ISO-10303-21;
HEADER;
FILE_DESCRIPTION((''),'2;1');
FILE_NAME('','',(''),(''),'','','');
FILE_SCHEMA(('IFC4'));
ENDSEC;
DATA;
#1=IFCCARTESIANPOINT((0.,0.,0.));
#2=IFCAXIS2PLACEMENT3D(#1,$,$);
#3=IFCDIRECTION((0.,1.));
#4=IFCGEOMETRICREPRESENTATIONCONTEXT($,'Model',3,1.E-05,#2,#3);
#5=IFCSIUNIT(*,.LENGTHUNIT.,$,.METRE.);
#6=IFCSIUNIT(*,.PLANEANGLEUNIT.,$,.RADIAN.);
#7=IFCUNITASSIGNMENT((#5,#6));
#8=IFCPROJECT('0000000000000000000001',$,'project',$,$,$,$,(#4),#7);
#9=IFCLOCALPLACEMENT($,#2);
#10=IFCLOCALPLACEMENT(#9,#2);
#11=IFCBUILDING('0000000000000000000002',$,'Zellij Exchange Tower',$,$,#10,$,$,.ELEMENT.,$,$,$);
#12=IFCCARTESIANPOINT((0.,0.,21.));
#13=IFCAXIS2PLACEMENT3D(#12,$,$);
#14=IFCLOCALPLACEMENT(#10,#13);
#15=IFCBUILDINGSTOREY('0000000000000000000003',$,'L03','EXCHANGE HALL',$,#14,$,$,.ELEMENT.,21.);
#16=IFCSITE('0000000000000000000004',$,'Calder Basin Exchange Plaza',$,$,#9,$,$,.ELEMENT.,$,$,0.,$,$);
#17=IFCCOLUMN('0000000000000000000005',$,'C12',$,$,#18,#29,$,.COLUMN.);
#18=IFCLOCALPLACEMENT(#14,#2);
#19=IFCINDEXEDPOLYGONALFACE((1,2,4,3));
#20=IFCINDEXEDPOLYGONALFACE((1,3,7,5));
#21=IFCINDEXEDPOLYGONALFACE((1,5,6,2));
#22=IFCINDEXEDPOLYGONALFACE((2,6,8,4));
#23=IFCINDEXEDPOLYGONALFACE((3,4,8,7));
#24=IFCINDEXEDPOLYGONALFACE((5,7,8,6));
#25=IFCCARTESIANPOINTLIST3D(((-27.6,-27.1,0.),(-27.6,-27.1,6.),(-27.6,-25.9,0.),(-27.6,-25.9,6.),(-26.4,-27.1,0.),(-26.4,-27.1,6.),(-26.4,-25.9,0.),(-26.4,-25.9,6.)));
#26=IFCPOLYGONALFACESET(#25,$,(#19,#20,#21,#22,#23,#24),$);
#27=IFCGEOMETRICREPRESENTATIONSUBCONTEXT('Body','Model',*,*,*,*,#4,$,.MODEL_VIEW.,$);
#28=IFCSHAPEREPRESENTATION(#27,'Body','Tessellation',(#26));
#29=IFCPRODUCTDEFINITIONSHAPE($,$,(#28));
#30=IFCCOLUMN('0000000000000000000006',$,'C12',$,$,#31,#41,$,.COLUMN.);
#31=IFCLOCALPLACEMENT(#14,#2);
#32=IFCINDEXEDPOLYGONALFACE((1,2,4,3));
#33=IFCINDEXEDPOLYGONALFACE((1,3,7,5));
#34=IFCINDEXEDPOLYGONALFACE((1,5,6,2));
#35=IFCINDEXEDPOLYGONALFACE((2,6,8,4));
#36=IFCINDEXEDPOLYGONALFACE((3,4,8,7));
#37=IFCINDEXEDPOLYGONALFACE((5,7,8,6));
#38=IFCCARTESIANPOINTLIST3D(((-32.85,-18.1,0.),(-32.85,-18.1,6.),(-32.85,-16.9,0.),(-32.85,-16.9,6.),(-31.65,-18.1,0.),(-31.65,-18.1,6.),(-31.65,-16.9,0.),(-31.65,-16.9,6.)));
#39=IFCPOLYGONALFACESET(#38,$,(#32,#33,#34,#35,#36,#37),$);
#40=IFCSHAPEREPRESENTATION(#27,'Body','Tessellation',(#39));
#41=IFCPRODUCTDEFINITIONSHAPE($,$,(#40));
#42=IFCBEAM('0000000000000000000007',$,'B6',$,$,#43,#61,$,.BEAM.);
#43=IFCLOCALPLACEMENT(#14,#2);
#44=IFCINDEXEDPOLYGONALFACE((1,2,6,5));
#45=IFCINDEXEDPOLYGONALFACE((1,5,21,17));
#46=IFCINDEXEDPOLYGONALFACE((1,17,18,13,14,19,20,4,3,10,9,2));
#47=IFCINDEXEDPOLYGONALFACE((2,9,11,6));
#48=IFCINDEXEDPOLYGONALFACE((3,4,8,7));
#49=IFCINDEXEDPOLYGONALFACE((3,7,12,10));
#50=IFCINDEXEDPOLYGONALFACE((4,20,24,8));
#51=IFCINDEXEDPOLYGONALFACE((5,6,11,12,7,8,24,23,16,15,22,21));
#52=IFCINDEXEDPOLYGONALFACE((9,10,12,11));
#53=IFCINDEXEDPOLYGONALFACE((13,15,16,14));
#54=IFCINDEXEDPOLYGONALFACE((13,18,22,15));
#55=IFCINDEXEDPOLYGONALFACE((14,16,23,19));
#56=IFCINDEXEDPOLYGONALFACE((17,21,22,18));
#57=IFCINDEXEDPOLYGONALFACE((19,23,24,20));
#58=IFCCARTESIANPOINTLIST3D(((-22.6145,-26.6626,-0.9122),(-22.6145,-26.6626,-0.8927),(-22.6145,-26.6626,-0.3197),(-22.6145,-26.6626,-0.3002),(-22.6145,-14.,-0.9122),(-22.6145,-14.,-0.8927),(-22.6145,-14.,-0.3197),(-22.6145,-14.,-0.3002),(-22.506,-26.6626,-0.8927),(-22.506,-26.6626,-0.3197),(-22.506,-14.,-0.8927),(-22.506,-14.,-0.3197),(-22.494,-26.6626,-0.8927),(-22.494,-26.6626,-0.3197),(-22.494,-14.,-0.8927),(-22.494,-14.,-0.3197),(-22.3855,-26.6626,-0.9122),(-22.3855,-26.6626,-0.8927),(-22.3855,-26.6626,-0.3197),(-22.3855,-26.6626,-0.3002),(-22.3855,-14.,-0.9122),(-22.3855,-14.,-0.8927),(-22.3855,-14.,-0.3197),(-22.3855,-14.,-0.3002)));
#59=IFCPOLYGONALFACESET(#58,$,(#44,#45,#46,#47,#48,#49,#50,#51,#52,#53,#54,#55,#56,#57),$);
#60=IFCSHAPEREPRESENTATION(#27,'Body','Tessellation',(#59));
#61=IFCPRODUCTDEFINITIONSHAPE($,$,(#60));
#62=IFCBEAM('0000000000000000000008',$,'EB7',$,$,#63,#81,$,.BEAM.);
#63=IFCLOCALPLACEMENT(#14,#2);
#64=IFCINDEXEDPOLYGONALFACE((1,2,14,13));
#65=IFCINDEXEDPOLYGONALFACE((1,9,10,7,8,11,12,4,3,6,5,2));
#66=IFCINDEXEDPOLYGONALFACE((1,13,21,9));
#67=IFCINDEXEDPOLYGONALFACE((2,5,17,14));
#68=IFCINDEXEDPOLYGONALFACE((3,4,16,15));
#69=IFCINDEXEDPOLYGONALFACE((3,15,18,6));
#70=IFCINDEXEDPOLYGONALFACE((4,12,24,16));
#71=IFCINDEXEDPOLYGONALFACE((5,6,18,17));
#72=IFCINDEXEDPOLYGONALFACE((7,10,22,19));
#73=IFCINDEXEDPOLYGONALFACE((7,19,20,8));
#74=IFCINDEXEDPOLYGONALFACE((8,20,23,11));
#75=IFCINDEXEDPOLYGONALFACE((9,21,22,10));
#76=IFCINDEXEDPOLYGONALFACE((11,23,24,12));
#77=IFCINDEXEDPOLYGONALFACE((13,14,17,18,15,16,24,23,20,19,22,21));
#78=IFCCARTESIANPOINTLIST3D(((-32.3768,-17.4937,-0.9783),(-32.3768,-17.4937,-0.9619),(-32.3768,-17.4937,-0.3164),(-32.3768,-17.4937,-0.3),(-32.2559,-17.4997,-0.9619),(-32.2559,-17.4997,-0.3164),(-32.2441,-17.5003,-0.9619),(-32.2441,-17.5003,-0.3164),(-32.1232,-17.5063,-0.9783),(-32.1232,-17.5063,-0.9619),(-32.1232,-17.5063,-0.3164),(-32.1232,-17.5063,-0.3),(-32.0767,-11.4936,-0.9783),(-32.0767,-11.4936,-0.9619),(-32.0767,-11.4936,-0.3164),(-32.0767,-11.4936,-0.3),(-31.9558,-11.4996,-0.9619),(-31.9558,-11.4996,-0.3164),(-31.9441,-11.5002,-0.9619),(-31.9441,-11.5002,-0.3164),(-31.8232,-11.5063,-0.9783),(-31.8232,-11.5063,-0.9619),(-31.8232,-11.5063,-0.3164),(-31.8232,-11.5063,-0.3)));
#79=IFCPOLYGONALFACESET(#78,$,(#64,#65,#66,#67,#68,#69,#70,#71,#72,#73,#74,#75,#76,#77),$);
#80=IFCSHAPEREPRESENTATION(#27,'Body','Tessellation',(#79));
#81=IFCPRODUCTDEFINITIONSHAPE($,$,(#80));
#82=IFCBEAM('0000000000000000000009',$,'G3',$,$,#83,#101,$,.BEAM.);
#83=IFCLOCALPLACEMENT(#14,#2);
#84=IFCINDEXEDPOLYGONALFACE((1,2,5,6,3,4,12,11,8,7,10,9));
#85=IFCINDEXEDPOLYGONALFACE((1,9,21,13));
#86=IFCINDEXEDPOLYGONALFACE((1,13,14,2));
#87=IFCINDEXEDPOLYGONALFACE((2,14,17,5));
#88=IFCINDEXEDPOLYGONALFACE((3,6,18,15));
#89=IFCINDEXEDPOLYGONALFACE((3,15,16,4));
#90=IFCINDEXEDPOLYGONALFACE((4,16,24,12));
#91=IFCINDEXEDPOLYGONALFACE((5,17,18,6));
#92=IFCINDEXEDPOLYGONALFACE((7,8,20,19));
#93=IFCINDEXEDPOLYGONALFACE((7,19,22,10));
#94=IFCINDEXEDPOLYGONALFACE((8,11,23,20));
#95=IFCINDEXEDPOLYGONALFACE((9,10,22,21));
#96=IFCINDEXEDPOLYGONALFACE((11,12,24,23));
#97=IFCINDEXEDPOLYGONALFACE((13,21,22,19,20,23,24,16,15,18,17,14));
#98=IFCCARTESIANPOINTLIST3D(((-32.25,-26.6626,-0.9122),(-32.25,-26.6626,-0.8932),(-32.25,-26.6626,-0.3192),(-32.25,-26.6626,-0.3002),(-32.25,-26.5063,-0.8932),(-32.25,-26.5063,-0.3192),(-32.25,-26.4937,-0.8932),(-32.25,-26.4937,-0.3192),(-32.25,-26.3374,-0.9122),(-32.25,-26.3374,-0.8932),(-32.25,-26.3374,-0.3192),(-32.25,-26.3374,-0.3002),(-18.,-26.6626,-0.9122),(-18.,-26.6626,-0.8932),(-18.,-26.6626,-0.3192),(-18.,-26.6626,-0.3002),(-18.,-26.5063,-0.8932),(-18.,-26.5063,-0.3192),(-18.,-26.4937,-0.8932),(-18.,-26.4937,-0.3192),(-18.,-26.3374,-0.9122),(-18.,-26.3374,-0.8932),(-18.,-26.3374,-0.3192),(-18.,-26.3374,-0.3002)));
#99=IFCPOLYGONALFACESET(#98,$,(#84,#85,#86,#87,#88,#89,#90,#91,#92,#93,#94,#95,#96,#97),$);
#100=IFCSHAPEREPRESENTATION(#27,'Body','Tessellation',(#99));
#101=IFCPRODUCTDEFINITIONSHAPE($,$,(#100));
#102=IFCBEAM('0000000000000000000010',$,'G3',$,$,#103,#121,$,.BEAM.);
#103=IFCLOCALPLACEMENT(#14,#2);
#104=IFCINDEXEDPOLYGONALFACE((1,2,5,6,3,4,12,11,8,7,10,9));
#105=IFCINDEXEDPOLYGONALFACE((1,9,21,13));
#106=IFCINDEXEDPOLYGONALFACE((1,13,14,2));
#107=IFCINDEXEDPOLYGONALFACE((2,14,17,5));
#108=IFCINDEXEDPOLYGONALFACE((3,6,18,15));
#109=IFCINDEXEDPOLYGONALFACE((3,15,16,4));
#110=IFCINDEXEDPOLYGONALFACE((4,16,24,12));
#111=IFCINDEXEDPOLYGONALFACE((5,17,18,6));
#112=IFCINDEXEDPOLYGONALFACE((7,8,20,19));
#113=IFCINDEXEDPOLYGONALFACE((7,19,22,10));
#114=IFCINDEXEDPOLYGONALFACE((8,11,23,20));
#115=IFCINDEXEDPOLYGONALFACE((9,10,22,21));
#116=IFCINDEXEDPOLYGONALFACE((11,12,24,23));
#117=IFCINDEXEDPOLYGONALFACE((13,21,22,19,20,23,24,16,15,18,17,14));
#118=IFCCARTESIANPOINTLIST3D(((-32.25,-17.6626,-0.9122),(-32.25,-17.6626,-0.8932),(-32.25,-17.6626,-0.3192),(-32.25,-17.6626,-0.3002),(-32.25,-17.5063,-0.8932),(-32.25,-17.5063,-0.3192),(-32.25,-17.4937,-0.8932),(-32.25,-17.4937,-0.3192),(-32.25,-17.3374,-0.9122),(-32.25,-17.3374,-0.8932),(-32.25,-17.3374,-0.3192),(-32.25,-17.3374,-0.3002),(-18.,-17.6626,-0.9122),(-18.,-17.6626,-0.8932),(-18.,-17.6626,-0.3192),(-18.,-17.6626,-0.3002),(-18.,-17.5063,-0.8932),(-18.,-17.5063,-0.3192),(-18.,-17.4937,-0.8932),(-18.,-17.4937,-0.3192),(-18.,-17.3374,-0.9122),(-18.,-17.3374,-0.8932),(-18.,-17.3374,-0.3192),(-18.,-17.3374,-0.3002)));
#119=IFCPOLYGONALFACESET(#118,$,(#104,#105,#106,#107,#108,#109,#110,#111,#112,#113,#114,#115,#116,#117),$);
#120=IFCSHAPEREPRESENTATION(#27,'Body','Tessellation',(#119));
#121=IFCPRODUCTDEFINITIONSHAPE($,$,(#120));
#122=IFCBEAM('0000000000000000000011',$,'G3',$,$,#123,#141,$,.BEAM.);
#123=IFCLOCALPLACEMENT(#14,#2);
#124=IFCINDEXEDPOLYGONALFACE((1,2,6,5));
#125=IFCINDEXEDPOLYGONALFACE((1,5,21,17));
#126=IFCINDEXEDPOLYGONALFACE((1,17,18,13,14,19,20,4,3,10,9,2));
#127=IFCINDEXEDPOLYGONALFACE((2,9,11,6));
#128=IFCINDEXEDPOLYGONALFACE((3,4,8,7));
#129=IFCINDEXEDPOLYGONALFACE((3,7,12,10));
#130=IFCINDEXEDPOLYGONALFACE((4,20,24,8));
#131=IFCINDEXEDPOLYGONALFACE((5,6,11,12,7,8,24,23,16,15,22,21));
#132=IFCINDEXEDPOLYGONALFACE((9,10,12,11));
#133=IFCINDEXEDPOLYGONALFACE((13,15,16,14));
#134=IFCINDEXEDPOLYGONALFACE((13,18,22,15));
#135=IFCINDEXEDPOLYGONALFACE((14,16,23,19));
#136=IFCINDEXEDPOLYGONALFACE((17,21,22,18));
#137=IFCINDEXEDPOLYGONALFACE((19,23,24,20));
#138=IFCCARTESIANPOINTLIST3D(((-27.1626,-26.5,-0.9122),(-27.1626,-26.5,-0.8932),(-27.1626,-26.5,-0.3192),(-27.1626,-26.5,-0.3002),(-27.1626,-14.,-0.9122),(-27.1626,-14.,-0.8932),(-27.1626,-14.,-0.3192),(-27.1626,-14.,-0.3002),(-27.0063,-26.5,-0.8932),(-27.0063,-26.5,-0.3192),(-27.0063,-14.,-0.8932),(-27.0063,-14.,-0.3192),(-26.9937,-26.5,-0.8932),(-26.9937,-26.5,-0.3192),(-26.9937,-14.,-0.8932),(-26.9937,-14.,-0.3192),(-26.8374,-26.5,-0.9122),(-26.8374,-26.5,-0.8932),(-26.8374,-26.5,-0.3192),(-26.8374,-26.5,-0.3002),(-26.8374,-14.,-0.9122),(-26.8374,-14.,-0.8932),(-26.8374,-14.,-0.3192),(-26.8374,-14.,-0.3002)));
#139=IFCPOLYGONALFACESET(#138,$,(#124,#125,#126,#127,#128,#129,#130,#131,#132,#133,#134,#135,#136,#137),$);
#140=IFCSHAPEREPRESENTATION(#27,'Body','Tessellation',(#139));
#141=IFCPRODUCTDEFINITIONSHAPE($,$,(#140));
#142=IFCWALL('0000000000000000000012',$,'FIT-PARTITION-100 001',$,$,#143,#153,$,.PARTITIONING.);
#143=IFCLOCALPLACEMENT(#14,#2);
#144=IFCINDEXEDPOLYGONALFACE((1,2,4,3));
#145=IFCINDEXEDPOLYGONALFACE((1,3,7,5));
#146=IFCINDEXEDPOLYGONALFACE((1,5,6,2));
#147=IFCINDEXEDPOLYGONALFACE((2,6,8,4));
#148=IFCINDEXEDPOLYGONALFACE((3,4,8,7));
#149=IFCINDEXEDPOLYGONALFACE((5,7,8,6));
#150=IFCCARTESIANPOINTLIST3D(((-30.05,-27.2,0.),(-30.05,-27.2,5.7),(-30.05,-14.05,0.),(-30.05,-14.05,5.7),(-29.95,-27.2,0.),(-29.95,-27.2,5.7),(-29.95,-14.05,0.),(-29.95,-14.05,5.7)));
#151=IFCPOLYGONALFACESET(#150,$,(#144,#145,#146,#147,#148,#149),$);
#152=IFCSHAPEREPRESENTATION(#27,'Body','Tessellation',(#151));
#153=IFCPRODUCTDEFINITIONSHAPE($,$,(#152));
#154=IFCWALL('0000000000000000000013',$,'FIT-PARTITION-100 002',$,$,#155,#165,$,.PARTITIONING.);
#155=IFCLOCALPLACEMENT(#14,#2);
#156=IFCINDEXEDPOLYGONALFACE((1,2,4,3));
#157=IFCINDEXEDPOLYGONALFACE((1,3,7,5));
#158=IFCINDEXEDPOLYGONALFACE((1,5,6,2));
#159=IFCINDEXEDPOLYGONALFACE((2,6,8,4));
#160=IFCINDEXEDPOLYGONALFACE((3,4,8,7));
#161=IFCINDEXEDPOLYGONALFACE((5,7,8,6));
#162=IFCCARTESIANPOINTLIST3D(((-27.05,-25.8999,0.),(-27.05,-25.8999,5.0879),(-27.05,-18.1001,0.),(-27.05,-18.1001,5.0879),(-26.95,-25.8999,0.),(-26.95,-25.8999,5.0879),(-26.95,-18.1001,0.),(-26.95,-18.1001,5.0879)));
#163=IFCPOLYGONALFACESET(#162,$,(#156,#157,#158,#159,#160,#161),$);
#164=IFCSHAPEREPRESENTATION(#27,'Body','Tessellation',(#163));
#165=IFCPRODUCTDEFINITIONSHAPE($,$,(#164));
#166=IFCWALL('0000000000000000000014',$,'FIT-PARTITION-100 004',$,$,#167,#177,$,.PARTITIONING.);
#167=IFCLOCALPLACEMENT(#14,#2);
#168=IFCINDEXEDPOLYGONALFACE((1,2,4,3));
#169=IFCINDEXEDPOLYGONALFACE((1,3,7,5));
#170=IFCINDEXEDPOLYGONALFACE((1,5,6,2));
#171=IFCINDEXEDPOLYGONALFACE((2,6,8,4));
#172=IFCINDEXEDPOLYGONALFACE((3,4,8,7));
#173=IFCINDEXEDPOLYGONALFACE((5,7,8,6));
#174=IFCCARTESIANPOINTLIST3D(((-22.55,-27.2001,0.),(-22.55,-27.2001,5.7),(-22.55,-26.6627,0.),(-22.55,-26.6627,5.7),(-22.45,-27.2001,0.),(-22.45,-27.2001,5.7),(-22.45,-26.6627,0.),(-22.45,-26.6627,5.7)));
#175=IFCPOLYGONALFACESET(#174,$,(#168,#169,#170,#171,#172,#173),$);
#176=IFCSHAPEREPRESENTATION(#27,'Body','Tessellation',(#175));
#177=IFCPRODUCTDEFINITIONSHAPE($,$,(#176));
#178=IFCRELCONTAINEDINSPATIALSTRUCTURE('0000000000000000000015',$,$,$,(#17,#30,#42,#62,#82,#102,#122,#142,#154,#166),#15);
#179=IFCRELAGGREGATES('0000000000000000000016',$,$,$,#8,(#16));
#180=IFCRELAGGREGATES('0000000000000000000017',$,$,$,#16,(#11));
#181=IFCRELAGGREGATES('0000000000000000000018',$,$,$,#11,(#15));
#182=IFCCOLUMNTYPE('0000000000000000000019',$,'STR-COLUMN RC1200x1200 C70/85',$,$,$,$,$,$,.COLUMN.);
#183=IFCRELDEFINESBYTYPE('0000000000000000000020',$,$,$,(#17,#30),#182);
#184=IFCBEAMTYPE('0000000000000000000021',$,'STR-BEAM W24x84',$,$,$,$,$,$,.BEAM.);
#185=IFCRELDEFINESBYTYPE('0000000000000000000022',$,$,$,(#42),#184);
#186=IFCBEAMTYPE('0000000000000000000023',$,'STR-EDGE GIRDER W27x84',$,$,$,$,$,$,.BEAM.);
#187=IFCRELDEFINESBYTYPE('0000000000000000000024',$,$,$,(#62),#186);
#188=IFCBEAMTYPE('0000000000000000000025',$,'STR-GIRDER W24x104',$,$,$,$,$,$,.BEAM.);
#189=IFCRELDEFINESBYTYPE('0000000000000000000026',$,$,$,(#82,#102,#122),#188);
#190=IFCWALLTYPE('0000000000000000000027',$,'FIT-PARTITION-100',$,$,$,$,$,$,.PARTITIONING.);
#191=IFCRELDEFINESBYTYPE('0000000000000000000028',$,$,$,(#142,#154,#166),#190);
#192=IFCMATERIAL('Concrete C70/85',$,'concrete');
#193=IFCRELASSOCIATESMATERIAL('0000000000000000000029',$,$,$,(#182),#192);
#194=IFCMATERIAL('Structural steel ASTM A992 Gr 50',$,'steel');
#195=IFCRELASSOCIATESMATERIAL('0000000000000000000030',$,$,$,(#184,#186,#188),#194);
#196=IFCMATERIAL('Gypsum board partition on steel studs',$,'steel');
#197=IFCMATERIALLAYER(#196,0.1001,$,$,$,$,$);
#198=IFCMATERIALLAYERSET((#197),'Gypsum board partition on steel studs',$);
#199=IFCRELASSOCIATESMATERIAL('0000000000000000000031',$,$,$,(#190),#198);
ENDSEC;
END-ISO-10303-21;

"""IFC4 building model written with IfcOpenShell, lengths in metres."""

from ifc_helpers import new_model, si_unit, direction, frame, frame_2d, origin, origin_2d, place, context, subcontext, project, spatial, rectangle, i_section, extrude, material, layer, layer_set, material_profile, profile_set, type_object, element, save


model = new_model("IFC4")

# Units and contexts
model_context = context("Model", 3, precision=1e-05, world=origin(), true_north=direction((0.0, 1.0)))
body_context = subcontext(model_context, "Body", "Model", "MODEL_VIEW")
ifc_project = project(units=[si_unit("LENGTHUNIT", "METRE"), si_unit("PLANEANGLEUNIT", "RADIAN")], contexts=[model_context])

# Site, building, storey
site_placement = place(None, origin())
site = spatial("IfcSite", under=ifc_project, at=site_placement, Name="Calder Basin Exchange Plaza", CompositionType="ELEMENT", RefElevation=0.0)
building_placement = place(site_placement, origin())
building = spatial("IfcBuilding", under=site, at=building_placement, Name="Zellij Exchange Tower", CompositionType="ELEMENT")
storey_placement = place(building_placement, frame((0.0, 0.0, 21.0)))
storey = spatial("IfcBuildingStorey", under=building, at=storey_placement, Name="L03", Description="EXCHANGE HALL", CompositionType="ELEMENT", Elevation=21.0)

# Columns
ifc_material_1 = material(Name="Concrete C70/85", Category="concrete")
ifc_material_profile_1 = material_profile(ifc_material_1, rectangle(XDim=1.2, YDim=1.2, at=origin_2d()), Name="STR-COLUMN RC1200x1200 C70/85")
ifc_profile_set_1 = profile_set([ifc_material_profile_1], Name="Concrete C70/85")
column_type = type_object("IfcColumnType", Name="STR-COLUMN RC1200x1200 C70/85", PredefinedType="COLUMN", material=ifc_profile_set_1)
for number, where, z_axis, x_axis, name in (
    (1, (-27.0, -26.5, 0.0), (0.0, 0.0, 1.0), (1.0, 0.0, 0.0), "C12"),
    (2, (-32.25, -17.5, 0.0), (0.0, 0.0, 1.0), (1.0, 0.0, 0.0), "C12"),
):
    element("IfcColumn", number, at=place(storey_placement, frame(where, z_axis=z_axis, x_axis=x_axis)), inside=storey, type_object=column_type, Name=name, PredefinedType="COLUMN", context=body_context, shape_type="SweptSolid", body=[
        extrude(rectangle(XDim=1.2, YDim=1.2, at=origin_2d()), origin(), (0.0, 0.0, 1.0), 6.0),
    ])

# Beams
ifc_material_2 = material(Name="Structural steel ASTM A992 Gr 50", Category="steel")
ifc_material_profile_2 = material_profile(ifc_material_2, i_section(OverallWidth=0.229, OverallDepth=0.6121, WebThickness=0.012, FlangeThickness=0.0195, at=origin_2d()), Name="W24x84")
ifc_profile_set_2 = profile_set([ifc_material_profile_2], Name="Structural steel ASTM A992 Gr 50")
beam_type_1 = type_object("IfcBeamType", Name="STR-BEAM W24x84", PredefinedType="BEAM", material=ifc_profile_set_2)
beam_1_placement = place(storey_placement, frame((-22.5, -26.6626, -0.6062), z_axis=(0.0, 1.0, 0.0), x_axis=(-1.0, 0.0, 0.0)))
element("IfcBeam", 3, at=beam_1_placement, inside=storey, type_object=beam_type_1, Name="B6", PredefinedType="BEAM", context=body_context, shape_type="SweptSolid", body=[
    extrude(i_section(OverallWidth=0.229, OverallDepth=0.6121, WebThickness=0.012, FlangeThickness=0.0195, at=origin_2d()), origin(), (0.0, 0.0, 1.0), 12.6626),
])
ifc_material_profile_3 = material_profile(ifc_material_2, i_section(OverallWidth=0.2539, OverallDepth=0.6782, WebThickness=0.0117, FlangeThickness=0.0164, at=origin_2d()), Name="W27x84")
ifc_profile_set_3 = profile_set([ifc_material_profile_3], Name="Structural steel ASTM A992 Gr 50")
beam_type_2 = type_object("IfcBeamType", Name="STR-EDGE GIRDER W27x84", PredefinedType="BEAM", material=ifc_profile_set_3)
beam_2_placement = place(storey_placement, frame((-32.25, -17.5, -0.6392), z_axis=(0.049946, 0.998752, 0.0), x_axis=(-0.998752, 0.049946, 0.0)))
element("IfcBeam", 4, at=beam_2_placement, inside=storey, type_object=beam_type_2, Name="EB7", PredefinedType="BEAM", context=body_context, shape_type="SweptSolid", body=[
    extrude(i_section(OverallWidth=0.2539, OverallDepth=0.6782, WebThickness=0.0117, FlangeThickness=0.0164, at=origin_2d()), origin(), (0.0, 0.0, 1.0), 6.0076),
])
ifc_material_profile_4 = material_profile(ifc_material_2, i_section(OverallWidth=0.3252, OverallDepth=0.6121, WebThickness=0.0127, FlangeThickness=0.019, at=origin_2d()), Name="W24x104")
ifc_profile_set_4 = profile_set([ifc_material_profile_4], Name="Structural steel ASTM A992 Gr 50")
beam_type_3 = type_object("IfcBeamType", Name="STR-GIRDER W24x104", PredefinedType="BEAM", material=ifc_profile_set_4)
for number, where, z_axis, x_axis, name in (
    (5, (-32.25, -26.5, -0.6062), (1.0, 0.0, 0.0), (0.0, 1.0, 0.0), "G3"),
    (6, (-32.25, -17.5, -0.6062), (1.0, 0.0, 0.0), (0.0, 1.0, 0.0), "G3"),
):
    element("IfcBeam", number, at=place(storey_placement, frame(where, z_axis=z_axis, x_axis=x_axis)), inside=storey, type_object=beam_type_3, Name=name, PredefinedType="BEAM", context=body_context, shape_type="SweptSolid", body=[
        extrude(i_section(OverallWidth=0.3252, OverallDepth=0.6121, WebThickness=0.0127, FlangeThickness=0.019, at=origin_2d()), origin(), (0.0, 0.0, 1.0), 14.25),
    ])
beam_3_placement = place(storey_placement, frame((-27.0, -26.5, -0.6062), z_axis=(0.0, 1.0, 0.0), x_axis=(-1.0, 0.0, 0.0)))
element("IfcBeam", 7, at=beam_3_placement, inside=storey, type_object=beam_type_3, Name="G3", PredefinedType="BEAM", context=body_context, shape_type="SweptSolid", body=[
    extrude(i_section(OverallWidth=0.3252, OverallDepth=0.6121, WebThickness=0.0127, FlangeThickness=0.019, at=origin_2d()), origin(), (0.0, 0.0, 1.0), 12.5),
])

# Walls
ifc_material_3 = material(Name="Gypsum board partition on steel studs", Category="steel")
ifc_layer_1 = layer(ifc_material_3, 0.1001)
ifc_layer_set_1 = layer_set([ifc_layer_1], Name="Gypsum board partition on steel studs")
wall_type = type_object("IfcWallType", Name="FIT-PARTITION-100", PredefinedType="PARTITIONING", material=ifc_layer_set_1)
wall_1_placement = place(storey_placement, frame((-30.0, -27.2, 0.0), z_axis=(0.0, 0.0, 1.0), x_axis=(0.0, 1.0, 0.0)))
element("IfcWall", 8, at=wall_1_placement, inside=storey, type_object=wall_type, Name="FIT-PARTITION-100 001", PredefinedType="PARTITIONING", context=body_context, shape_type="SweptSolid", body=[
    extrude(rectangle(XDim=13.1499, YDim=0.1001, at=frame_2d((6.575, 0.0))), origin(), (0.0, 0.0, 1.0), 5.7),
])
wall_2_placement = place(storey_placement, frame((-27.0, -25.8999, 0.0), z_axis=(0.0, 0.0, 1.0), x_axis=(0.0, 1.0, 0.0)))
element("IfcWall", 9, at=wall_2_placement, inside=storey, type_object=wall_type, Name="FIT-PARTITION-100 002", PredefinedType="PARTITIONING", context=body_context, shape_type="SweptSolid", body=[
    extrude(rectangle(XDim=7.7998, YDim=0.1001, at=frame_2d((3.8999, 0.0))), origin(), (0.0, 0.0, 1.0), 5.0879),
])
wall_3_placement = place(storey_placement, frame((-22.5, -27.2, 0.0), z_axis=(0.0, 0.0, 1.0), x_axis=(0.0, 1.0, 0.0)))
element("IfcWall", 10, at=wall_3_placement, inside=storey, type_object=wall_type, Name="FIT-PARTITION-100 004", PredefinedType="PARTITIONING", context=body_context, shape_type="SweptSolid", body=[
    extrude(rectangle(XDim=0.5374, YDim=0.1001, at=frame_2d((0.2686, 0.0))), origin(), (0.0, 0.0, 1.0), 5.7),
])

save(model, "model.ifc")
